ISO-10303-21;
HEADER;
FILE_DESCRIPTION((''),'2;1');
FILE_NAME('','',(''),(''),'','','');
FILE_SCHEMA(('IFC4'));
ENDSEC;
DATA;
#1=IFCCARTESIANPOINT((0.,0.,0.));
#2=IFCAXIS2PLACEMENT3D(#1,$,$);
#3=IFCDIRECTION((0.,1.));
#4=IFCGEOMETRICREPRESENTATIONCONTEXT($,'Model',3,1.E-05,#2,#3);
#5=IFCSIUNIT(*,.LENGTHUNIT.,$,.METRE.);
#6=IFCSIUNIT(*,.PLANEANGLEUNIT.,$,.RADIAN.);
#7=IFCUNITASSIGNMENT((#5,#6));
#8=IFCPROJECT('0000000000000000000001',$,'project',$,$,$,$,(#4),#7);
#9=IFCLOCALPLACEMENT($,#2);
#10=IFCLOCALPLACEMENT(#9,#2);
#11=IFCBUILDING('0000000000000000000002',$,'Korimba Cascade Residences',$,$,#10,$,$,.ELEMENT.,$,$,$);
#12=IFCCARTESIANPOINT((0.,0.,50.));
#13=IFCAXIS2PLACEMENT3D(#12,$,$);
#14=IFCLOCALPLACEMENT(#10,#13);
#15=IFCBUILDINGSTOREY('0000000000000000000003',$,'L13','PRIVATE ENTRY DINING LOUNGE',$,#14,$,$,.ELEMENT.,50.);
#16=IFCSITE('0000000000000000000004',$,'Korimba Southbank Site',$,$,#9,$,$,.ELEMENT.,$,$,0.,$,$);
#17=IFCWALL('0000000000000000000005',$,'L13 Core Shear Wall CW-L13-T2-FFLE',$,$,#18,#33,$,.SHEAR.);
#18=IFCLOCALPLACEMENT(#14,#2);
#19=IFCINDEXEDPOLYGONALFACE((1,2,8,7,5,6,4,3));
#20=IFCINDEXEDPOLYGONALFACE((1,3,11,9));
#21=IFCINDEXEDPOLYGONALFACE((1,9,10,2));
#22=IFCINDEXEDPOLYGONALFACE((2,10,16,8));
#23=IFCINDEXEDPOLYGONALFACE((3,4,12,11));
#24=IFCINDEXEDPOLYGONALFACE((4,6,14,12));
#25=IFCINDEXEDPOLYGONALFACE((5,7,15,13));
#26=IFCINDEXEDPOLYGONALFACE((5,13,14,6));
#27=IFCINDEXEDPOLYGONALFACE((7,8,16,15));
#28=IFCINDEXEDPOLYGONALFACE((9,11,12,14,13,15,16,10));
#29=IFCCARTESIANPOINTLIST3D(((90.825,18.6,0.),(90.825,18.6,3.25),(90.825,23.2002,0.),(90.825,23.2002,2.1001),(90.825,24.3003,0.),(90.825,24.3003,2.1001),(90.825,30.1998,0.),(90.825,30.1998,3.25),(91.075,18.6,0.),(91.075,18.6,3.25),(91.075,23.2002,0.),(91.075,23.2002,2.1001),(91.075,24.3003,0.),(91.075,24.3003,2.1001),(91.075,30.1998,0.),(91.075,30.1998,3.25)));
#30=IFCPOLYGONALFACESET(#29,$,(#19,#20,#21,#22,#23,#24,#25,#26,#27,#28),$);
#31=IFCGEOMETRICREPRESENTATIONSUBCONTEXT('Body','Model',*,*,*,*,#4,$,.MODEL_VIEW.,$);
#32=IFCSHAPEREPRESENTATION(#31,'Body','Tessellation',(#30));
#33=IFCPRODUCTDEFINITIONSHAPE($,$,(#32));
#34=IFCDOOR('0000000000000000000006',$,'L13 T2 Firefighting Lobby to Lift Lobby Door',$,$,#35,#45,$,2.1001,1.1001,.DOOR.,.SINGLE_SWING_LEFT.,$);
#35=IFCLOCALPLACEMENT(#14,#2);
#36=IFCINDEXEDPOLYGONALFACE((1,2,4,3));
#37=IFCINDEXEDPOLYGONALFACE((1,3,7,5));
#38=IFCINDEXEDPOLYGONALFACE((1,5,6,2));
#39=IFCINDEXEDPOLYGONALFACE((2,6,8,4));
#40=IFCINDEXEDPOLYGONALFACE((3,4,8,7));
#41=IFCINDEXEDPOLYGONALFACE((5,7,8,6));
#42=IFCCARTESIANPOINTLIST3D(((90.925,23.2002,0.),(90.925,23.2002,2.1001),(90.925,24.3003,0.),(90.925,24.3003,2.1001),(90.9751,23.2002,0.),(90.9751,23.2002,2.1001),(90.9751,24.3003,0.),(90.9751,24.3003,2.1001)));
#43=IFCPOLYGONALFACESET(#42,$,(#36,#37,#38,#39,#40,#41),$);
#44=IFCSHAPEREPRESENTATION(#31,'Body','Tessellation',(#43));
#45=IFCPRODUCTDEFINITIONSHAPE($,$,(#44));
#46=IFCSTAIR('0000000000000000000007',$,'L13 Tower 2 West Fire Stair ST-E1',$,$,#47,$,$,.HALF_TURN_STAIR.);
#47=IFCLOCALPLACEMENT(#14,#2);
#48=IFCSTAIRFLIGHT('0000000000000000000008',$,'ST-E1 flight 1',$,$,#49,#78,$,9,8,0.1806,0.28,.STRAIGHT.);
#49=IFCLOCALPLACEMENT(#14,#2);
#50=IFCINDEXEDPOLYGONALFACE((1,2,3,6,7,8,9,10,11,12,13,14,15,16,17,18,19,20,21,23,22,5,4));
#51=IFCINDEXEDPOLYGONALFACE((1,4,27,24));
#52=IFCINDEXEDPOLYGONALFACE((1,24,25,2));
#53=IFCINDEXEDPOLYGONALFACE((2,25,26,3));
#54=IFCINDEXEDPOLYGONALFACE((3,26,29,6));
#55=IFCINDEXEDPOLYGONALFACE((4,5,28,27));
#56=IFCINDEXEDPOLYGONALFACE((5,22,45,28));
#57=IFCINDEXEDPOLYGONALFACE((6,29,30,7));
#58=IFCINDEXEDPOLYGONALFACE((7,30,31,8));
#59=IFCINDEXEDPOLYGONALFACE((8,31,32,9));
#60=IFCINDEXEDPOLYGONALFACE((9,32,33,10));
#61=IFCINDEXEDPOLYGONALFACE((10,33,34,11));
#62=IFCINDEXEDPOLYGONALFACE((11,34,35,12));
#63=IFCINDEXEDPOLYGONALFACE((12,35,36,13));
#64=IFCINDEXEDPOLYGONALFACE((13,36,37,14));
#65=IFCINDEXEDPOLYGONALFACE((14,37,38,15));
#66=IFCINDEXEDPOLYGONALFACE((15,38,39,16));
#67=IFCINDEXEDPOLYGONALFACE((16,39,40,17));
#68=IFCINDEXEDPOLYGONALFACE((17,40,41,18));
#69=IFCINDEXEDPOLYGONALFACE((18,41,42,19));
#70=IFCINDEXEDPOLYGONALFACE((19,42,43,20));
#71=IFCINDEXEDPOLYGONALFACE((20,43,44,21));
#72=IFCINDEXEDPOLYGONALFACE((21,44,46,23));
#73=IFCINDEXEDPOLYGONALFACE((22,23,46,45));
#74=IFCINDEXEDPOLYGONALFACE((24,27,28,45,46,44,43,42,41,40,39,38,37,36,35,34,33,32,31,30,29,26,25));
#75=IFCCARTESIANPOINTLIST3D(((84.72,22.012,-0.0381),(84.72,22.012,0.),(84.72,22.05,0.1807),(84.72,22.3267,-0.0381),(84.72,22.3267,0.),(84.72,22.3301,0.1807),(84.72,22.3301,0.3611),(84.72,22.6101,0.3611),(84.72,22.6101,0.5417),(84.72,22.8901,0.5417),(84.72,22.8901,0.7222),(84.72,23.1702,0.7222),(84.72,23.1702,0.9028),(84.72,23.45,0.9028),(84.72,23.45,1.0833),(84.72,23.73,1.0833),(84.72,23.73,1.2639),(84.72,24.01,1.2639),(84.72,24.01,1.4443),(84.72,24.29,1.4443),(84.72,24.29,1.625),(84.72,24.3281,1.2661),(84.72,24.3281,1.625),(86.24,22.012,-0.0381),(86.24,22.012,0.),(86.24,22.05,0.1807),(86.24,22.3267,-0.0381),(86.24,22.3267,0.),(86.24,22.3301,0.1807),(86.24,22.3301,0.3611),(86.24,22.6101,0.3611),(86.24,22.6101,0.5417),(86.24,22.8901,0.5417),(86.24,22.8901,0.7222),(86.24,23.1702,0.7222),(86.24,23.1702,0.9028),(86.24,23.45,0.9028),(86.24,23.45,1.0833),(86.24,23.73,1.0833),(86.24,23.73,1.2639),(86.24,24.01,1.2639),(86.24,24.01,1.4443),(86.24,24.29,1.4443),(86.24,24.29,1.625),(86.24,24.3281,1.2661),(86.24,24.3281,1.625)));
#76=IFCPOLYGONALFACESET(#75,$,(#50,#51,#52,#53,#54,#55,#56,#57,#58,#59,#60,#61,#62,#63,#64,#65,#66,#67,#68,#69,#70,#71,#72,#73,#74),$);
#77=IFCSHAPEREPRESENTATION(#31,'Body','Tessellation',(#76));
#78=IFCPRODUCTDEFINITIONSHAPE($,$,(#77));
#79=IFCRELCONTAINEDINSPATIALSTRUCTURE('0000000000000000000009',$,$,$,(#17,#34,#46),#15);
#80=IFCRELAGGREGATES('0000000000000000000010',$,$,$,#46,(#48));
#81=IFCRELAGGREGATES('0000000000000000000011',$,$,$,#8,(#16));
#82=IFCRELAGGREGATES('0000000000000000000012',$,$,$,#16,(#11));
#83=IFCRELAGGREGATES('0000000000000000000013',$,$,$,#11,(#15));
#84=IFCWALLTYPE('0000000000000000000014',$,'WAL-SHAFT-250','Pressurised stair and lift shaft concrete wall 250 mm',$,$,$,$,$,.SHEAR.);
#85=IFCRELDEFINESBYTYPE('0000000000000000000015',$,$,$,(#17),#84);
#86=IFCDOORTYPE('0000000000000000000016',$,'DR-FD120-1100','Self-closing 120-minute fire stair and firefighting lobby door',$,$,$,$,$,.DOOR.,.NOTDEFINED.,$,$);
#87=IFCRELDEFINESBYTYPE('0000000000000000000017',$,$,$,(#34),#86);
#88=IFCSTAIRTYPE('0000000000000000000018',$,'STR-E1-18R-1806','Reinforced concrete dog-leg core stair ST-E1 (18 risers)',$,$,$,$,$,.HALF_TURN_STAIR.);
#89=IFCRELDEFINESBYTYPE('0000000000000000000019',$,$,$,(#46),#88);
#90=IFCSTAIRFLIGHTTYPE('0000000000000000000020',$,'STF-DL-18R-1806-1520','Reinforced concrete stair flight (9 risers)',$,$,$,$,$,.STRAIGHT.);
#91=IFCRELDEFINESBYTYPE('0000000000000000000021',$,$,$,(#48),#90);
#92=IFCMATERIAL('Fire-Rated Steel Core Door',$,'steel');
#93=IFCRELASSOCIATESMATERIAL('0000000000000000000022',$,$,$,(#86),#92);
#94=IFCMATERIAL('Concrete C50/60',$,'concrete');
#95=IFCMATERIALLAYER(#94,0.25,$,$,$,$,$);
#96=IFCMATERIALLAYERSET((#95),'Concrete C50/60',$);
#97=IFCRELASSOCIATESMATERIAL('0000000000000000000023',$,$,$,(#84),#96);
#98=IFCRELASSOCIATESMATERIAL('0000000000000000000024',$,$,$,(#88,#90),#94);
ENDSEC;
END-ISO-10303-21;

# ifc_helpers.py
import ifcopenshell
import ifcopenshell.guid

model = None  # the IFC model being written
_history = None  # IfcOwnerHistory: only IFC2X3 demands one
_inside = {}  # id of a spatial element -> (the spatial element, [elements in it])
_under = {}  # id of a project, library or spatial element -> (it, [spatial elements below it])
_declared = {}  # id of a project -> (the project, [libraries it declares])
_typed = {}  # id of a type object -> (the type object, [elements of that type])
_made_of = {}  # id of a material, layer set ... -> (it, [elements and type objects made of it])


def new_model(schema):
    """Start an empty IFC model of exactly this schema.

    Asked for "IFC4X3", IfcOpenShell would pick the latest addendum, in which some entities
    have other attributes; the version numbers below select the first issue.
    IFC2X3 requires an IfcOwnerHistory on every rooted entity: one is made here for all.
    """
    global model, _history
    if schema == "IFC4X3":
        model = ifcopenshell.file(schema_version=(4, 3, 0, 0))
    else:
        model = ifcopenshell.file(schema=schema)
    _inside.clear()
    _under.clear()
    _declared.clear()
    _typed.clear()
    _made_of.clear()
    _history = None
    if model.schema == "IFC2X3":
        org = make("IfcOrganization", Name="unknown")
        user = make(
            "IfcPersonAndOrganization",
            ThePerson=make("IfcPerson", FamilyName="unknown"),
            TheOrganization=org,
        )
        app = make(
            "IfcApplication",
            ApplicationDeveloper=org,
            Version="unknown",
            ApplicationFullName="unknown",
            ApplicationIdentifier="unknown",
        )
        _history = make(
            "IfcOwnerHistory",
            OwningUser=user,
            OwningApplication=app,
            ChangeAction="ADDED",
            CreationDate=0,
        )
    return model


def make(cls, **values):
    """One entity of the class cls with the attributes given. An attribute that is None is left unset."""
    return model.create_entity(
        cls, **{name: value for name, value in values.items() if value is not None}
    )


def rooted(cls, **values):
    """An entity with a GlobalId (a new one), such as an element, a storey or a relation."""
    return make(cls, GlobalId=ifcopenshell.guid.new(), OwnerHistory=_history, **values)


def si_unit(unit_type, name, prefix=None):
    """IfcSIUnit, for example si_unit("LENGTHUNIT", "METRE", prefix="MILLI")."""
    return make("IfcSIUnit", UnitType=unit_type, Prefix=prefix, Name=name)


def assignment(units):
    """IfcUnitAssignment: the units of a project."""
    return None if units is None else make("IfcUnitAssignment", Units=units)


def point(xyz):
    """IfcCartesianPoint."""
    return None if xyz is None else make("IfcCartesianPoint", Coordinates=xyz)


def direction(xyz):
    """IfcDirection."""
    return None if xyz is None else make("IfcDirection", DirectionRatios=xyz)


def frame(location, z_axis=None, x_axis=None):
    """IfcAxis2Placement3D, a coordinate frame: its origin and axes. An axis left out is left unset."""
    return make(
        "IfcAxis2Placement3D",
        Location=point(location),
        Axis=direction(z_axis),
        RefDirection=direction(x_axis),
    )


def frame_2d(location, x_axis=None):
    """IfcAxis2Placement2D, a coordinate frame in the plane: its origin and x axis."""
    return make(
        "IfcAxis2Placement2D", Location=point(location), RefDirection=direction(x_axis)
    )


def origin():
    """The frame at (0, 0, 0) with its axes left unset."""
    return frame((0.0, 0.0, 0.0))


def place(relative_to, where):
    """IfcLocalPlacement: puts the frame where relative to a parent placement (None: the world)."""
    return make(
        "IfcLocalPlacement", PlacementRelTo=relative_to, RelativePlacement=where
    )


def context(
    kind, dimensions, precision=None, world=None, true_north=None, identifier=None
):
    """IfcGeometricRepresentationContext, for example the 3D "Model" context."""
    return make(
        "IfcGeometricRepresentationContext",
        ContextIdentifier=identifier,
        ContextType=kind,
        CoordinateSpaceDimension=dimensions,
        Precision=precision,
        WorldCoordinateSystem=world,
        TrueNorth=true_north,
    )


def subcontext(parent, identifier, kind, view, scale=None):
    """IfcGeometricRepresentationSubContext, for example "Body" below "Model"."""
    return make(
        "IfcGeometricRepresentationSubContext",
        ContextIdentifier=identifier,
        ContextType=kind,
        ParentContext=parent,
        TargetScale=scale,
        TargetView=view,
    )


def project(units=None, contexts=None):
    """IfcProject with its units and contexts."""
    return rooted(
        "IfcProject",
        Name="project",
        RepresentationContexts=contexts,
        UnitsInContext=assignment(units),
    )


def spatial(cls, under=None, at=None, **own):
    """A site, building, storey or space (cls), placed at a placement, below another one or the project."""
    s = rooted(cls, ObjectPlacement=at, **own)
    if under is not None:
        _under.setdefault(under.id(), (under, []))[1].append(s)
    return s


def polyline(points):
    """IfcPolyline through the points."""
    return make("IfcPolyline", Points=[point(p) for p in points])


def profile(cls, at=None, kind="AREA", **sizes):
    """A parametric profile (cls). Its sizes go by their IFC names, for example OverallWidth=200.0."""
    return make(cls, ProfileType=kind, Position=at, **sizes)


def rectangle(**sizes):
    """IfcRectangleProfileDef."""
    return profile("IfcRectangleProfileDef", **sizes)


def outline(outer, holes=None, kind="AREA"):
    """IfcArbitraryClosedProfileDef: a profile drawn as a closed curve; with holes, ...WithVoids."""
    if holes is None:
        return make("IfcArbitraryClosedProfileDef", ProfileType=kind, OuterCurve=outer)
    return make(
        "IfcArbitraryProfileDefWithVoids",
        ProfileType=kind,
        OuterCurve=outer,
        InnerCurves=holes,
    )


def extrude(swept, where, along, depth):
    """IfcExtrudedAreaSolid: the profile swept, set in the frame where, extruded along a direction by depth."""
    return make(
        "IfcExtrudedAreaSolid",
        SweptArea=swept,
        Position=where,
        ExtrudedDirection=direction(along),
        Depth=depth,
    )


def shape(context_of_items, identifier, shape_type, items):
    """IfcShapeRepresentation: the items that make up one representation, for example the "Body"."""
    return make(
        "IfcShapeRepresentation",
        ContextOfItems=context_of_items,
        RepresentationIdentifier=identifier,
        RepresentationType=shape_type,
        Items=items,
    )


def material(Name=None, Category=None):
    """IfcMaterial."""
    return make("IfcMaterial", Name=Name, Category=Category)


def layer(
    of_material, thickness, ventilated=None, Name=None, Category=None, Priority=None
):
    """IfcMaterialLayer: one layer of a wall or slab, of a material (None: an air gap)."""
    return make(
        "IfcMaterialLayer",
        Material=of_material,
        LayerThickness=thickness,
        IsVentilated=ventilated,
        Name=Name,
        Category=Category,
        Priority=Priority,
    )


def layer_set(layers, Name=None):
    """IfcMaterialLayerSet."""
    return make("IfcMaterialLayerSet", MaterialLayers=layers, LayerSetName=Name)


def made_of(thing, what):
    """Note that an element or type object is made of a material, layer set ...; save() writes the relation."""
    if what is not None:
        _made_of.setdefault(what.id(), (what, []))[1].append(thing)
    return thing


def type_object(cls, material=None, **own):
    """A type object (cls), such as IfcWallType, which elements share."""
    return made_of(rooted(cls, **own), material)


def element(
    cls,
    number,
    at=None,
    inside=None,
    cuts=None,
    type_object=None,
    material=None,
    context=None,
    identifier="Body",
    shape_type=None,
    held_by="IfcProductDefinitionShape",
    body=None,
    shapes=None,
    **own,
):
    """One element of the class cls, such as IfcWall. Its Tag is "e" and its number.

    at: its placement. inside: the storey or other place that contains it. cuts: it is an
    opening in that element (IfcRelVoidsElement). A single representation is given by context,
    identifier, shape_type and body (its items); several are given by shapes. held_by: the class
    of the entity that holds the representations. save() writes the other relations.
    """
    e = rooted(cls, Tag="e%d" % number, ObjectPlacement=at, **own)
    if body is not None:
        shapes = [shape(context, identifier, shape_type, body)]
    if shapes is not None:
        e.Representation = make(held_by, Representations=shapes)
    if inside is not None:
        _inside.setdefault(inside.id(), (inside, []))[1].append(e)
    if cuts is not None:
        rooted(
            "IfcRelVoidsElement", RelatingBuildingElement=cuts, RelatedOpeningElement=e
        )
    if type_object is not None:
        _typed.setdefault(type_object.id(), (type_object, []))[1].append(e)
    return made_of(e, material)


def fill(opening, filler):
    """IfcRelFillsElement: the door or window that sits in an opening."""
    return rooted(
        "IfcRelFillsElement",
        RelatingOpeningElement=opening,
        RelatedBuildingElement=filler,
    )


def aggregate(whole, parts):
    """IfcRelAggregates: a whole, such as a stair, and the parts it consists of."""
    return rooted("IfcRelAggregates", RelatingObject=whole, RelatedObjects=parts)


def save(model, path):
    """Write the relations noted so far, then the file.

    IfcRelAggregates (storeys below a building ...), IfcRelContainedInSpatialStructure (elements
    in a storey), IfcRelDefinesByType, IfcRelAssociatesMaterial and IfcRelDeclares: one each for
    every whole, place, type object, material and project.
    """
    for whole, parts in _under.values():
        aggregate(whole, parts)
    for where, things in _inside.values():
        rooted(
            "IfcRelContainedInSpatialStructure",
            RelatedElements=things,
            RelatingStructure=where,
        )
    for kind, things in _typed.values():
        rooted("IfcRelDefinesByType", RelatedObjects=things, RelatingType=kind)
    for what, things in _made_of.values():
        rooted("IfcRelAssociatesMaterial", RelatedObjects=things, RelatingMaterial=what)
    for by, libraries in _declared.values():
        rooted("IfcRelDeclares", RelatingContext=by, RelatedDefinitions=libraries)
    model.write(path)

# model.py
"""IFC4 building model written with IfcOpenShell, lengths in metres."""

from ifc_helpers import new_model, si_unit, direction, frame, frame_2d, origin, place, context, subcontext, project, spatial, polyline, rectangle, outline, extrude, material, layer, layer_set, type_object, element, fill, aggregate, save


model = new_model("IFC4")

# Units and contexts
model_context = context("Model", 3, precision=1e-05, world=origin(), true_north=direction((0.0, 1.0)))
body_context = subcontext(model_context, "Body", "Model", "MODEL_VIEW")
ifc_project = project(units=[si_unit("LENGTHUNIT", "METRE"), si_unit("PLANEANGLEUNIT", "RADIAN")], contexts=[model_context])

# Site, building, storey
site_placement = place(None, origin())
site = spatial("IfcSite", under=ifc_project, at=site_placement, Name="Korimba Southbank Site", CompositionType="ELEMENT", RefElevation=0.0)
building_placement = place(site_placement, origin())
building = spatial("IfcBuilding", under=site, at=building_placement, Name="Korimba Cascade Residences", CompositionType="ELEMENT")
storey_placement = place(building_placement, frame((0.0, 0.0, 50.0)))
storey = spatial("IfcBuildingStorey", under=building, at=storey_placement, Name="L13", Description="PRIVATE ENTRY DINING LOUNGE", CompositionType="ELEMENT", Elevation=50.0)

# Shared definitions
ifc_material_1 = material(Name="Concrete C50/60", Category="concrete")

# Shared definitions
ifc_material_2 = material(Name="Fire-Rated Steel Core Door", Category="steel")
door_type_1 = type_object("IfcDoorType", Name="DR-FD120-1100", Description="Self-closing 120-minute fire stair and firefighting lobby door", OperationType="NOTDEFINED", PredefinedType="DOOR", material=ifc_material_2)

# Shared definitions
ifc_layer_1 = layer(ifc_material_1, 0.25)
ifc_layer_set_1 = layer_set([ifc_layer_1], Name="Concrete C50/60")
wall_type_1 = type_object("IfcWallType", Name="WAL-SHAFT-250", Description="Pressurised stair and lift shaft concrete wall 250 mm", PredefinedType="SHEAR", material=ifc_layer_set_1)

# Wall, opening, door
wall_1_placement = place(storey_placement, frame((90.95, 18.6001, 0.0), z_axis=(0.0, 0.0, 1.0), x_axis=(0.0, 1.0, 0.0)))
wall_1 = element("IfcWall", 1, at=wall_1_placement, inside=storey, type_object=wall_type_1, Name="L13 Core Shear Wall CW-L13-T2-FFLE", PredefinedType="SHEAR", context=body_context, shape_type="SweptSolid", body=[
    extrude(rectangle(XDim=11.5999, YDim=0.25, at=frame_2d((5.7998, 0.0))), origin(), (0.0, 0.0, 1.0), 3.25),
])
opening_1_placement = place(wall_1_placement, frame((4.6001, 0.0, 0.0)))
opening_1 = element("IfcOpeningElement", 2, at=opening_1_placement, cuts=wall_1, PredefinedType="OPENING", context=body_context, shape_type="SweptSolid", body=[
    extrude(rectangle(XDim=1.1001, YDim=2.1001, at=frame_2d((0.55, 1.05))), frame((0.0, 0.135, 0.0), z_axis=(0.0, -1.0, 0.0), x_axis=(1.0, 0.0, 0.0)), (0.0, 0.0, 1.0), 0.27),
])
door_1_placement = place(opening_1_placement, origin())
door_1 = element("IfcDoor", 3, at=door_1_placement, inside=storey, type_object=door_type_1, Name="L13 T2 Firefighting Lobby to Lift Lobby Door", OperationType="SINGLE_SWING_LEFT", OverallHeight=2.1001, OverallWidth=1.1001, PredefinedType="DOOR", context=body_context, shape_type="SweptSolid", body=[
    extrude(rectangle(XDim=1.1001, YDim=2.1001, at=frame_2d((0.55, 1.05))), frame((0.0, 0.0249, 0.0), z_axis=(0.0, -1.0, 0.0), x_axis=(1.0, 0.0, 0.0)), (0.0, 0.0, 1.0), 0.05),
])
fill(opening_1, door_1)

# Stair, stair flight
stair_type = type_object("IfcStairType", Name="STR-E1-18R-1806", Description="Reinforced concrete dog-leg core stair ST-E1 (18 risers)", PredefinedType="HALF_TURN_STAIR", material=ifc_material_1)
stair_placement = place(storey_placement, origin())
stair = element("IfcStair", 4, at=stair_placement, inside=storey, type_object=stair_type, Name="L13 Tower 2 West Fire Stair ST-E1", PredefinedType="HALF_TURN_STAIR")
stair_flight_type = type_object("IfcStairFlightType", Name="STF-DL-18R-1806-1520", Description="Reinforced concrete stair flight (9 risers)", PredefinedType="STRAIGHT", material=ifc_material_1)
stair_flight_placement = place(storey_placement, frame((85.48, 22.05, 0.0), z_axis=(0.0, 0.0, 1.0), x_axis=(0.0, 1.0, 0.0)))
stair_flight = element("IfcStairFlight", 5, at=stair_flight_placement, type_object=stair_flight_type, Name="ST-E1 flight 1", NumberOfRisers=9, NumberOfTreads=8, PredefinedType="STRAIGHT", RiserHeight=0.1806, TreadLength=0.28, context=body_context, shape_type="SweptSolid", body=[
    extrude(outline(polyline([(-0.0381, 0.0), (0.0, 0.1807), (0.28, 0.1807), (0.28, 0.3611), (0.5601, 0.3611), (0.5601, 0.5417), (0.8401, 0.5417), (0.8401, 0.7222), (1.1201, 0.7222), (1.1201, 0.9028), (1.3999, 0.9028), (1.3999, 1.0833), (1.6799, 1.0833), (1.6799, 1.2639), (1.96, 1.2639), (1.96, 1.4443), (2.24, 1.4443), (2.24, 1.625), (2.2781, 1.625), (2.2781, 1.2661), (0.2766, 0.0), (0.2766, -0.0381), (-0.0381, -0.0381), (-0.0381, 0.0)])), frame((0.0, 0.76, 0.0), z_axis=(0.0, -1.0, 0.0), x_axis=(1.0, 0.0, 0.0)), (0.0, 0.0, 1.0), 1.52),
])
aggregate(stair, [stair_flight])

save(model, "model.ifc")
